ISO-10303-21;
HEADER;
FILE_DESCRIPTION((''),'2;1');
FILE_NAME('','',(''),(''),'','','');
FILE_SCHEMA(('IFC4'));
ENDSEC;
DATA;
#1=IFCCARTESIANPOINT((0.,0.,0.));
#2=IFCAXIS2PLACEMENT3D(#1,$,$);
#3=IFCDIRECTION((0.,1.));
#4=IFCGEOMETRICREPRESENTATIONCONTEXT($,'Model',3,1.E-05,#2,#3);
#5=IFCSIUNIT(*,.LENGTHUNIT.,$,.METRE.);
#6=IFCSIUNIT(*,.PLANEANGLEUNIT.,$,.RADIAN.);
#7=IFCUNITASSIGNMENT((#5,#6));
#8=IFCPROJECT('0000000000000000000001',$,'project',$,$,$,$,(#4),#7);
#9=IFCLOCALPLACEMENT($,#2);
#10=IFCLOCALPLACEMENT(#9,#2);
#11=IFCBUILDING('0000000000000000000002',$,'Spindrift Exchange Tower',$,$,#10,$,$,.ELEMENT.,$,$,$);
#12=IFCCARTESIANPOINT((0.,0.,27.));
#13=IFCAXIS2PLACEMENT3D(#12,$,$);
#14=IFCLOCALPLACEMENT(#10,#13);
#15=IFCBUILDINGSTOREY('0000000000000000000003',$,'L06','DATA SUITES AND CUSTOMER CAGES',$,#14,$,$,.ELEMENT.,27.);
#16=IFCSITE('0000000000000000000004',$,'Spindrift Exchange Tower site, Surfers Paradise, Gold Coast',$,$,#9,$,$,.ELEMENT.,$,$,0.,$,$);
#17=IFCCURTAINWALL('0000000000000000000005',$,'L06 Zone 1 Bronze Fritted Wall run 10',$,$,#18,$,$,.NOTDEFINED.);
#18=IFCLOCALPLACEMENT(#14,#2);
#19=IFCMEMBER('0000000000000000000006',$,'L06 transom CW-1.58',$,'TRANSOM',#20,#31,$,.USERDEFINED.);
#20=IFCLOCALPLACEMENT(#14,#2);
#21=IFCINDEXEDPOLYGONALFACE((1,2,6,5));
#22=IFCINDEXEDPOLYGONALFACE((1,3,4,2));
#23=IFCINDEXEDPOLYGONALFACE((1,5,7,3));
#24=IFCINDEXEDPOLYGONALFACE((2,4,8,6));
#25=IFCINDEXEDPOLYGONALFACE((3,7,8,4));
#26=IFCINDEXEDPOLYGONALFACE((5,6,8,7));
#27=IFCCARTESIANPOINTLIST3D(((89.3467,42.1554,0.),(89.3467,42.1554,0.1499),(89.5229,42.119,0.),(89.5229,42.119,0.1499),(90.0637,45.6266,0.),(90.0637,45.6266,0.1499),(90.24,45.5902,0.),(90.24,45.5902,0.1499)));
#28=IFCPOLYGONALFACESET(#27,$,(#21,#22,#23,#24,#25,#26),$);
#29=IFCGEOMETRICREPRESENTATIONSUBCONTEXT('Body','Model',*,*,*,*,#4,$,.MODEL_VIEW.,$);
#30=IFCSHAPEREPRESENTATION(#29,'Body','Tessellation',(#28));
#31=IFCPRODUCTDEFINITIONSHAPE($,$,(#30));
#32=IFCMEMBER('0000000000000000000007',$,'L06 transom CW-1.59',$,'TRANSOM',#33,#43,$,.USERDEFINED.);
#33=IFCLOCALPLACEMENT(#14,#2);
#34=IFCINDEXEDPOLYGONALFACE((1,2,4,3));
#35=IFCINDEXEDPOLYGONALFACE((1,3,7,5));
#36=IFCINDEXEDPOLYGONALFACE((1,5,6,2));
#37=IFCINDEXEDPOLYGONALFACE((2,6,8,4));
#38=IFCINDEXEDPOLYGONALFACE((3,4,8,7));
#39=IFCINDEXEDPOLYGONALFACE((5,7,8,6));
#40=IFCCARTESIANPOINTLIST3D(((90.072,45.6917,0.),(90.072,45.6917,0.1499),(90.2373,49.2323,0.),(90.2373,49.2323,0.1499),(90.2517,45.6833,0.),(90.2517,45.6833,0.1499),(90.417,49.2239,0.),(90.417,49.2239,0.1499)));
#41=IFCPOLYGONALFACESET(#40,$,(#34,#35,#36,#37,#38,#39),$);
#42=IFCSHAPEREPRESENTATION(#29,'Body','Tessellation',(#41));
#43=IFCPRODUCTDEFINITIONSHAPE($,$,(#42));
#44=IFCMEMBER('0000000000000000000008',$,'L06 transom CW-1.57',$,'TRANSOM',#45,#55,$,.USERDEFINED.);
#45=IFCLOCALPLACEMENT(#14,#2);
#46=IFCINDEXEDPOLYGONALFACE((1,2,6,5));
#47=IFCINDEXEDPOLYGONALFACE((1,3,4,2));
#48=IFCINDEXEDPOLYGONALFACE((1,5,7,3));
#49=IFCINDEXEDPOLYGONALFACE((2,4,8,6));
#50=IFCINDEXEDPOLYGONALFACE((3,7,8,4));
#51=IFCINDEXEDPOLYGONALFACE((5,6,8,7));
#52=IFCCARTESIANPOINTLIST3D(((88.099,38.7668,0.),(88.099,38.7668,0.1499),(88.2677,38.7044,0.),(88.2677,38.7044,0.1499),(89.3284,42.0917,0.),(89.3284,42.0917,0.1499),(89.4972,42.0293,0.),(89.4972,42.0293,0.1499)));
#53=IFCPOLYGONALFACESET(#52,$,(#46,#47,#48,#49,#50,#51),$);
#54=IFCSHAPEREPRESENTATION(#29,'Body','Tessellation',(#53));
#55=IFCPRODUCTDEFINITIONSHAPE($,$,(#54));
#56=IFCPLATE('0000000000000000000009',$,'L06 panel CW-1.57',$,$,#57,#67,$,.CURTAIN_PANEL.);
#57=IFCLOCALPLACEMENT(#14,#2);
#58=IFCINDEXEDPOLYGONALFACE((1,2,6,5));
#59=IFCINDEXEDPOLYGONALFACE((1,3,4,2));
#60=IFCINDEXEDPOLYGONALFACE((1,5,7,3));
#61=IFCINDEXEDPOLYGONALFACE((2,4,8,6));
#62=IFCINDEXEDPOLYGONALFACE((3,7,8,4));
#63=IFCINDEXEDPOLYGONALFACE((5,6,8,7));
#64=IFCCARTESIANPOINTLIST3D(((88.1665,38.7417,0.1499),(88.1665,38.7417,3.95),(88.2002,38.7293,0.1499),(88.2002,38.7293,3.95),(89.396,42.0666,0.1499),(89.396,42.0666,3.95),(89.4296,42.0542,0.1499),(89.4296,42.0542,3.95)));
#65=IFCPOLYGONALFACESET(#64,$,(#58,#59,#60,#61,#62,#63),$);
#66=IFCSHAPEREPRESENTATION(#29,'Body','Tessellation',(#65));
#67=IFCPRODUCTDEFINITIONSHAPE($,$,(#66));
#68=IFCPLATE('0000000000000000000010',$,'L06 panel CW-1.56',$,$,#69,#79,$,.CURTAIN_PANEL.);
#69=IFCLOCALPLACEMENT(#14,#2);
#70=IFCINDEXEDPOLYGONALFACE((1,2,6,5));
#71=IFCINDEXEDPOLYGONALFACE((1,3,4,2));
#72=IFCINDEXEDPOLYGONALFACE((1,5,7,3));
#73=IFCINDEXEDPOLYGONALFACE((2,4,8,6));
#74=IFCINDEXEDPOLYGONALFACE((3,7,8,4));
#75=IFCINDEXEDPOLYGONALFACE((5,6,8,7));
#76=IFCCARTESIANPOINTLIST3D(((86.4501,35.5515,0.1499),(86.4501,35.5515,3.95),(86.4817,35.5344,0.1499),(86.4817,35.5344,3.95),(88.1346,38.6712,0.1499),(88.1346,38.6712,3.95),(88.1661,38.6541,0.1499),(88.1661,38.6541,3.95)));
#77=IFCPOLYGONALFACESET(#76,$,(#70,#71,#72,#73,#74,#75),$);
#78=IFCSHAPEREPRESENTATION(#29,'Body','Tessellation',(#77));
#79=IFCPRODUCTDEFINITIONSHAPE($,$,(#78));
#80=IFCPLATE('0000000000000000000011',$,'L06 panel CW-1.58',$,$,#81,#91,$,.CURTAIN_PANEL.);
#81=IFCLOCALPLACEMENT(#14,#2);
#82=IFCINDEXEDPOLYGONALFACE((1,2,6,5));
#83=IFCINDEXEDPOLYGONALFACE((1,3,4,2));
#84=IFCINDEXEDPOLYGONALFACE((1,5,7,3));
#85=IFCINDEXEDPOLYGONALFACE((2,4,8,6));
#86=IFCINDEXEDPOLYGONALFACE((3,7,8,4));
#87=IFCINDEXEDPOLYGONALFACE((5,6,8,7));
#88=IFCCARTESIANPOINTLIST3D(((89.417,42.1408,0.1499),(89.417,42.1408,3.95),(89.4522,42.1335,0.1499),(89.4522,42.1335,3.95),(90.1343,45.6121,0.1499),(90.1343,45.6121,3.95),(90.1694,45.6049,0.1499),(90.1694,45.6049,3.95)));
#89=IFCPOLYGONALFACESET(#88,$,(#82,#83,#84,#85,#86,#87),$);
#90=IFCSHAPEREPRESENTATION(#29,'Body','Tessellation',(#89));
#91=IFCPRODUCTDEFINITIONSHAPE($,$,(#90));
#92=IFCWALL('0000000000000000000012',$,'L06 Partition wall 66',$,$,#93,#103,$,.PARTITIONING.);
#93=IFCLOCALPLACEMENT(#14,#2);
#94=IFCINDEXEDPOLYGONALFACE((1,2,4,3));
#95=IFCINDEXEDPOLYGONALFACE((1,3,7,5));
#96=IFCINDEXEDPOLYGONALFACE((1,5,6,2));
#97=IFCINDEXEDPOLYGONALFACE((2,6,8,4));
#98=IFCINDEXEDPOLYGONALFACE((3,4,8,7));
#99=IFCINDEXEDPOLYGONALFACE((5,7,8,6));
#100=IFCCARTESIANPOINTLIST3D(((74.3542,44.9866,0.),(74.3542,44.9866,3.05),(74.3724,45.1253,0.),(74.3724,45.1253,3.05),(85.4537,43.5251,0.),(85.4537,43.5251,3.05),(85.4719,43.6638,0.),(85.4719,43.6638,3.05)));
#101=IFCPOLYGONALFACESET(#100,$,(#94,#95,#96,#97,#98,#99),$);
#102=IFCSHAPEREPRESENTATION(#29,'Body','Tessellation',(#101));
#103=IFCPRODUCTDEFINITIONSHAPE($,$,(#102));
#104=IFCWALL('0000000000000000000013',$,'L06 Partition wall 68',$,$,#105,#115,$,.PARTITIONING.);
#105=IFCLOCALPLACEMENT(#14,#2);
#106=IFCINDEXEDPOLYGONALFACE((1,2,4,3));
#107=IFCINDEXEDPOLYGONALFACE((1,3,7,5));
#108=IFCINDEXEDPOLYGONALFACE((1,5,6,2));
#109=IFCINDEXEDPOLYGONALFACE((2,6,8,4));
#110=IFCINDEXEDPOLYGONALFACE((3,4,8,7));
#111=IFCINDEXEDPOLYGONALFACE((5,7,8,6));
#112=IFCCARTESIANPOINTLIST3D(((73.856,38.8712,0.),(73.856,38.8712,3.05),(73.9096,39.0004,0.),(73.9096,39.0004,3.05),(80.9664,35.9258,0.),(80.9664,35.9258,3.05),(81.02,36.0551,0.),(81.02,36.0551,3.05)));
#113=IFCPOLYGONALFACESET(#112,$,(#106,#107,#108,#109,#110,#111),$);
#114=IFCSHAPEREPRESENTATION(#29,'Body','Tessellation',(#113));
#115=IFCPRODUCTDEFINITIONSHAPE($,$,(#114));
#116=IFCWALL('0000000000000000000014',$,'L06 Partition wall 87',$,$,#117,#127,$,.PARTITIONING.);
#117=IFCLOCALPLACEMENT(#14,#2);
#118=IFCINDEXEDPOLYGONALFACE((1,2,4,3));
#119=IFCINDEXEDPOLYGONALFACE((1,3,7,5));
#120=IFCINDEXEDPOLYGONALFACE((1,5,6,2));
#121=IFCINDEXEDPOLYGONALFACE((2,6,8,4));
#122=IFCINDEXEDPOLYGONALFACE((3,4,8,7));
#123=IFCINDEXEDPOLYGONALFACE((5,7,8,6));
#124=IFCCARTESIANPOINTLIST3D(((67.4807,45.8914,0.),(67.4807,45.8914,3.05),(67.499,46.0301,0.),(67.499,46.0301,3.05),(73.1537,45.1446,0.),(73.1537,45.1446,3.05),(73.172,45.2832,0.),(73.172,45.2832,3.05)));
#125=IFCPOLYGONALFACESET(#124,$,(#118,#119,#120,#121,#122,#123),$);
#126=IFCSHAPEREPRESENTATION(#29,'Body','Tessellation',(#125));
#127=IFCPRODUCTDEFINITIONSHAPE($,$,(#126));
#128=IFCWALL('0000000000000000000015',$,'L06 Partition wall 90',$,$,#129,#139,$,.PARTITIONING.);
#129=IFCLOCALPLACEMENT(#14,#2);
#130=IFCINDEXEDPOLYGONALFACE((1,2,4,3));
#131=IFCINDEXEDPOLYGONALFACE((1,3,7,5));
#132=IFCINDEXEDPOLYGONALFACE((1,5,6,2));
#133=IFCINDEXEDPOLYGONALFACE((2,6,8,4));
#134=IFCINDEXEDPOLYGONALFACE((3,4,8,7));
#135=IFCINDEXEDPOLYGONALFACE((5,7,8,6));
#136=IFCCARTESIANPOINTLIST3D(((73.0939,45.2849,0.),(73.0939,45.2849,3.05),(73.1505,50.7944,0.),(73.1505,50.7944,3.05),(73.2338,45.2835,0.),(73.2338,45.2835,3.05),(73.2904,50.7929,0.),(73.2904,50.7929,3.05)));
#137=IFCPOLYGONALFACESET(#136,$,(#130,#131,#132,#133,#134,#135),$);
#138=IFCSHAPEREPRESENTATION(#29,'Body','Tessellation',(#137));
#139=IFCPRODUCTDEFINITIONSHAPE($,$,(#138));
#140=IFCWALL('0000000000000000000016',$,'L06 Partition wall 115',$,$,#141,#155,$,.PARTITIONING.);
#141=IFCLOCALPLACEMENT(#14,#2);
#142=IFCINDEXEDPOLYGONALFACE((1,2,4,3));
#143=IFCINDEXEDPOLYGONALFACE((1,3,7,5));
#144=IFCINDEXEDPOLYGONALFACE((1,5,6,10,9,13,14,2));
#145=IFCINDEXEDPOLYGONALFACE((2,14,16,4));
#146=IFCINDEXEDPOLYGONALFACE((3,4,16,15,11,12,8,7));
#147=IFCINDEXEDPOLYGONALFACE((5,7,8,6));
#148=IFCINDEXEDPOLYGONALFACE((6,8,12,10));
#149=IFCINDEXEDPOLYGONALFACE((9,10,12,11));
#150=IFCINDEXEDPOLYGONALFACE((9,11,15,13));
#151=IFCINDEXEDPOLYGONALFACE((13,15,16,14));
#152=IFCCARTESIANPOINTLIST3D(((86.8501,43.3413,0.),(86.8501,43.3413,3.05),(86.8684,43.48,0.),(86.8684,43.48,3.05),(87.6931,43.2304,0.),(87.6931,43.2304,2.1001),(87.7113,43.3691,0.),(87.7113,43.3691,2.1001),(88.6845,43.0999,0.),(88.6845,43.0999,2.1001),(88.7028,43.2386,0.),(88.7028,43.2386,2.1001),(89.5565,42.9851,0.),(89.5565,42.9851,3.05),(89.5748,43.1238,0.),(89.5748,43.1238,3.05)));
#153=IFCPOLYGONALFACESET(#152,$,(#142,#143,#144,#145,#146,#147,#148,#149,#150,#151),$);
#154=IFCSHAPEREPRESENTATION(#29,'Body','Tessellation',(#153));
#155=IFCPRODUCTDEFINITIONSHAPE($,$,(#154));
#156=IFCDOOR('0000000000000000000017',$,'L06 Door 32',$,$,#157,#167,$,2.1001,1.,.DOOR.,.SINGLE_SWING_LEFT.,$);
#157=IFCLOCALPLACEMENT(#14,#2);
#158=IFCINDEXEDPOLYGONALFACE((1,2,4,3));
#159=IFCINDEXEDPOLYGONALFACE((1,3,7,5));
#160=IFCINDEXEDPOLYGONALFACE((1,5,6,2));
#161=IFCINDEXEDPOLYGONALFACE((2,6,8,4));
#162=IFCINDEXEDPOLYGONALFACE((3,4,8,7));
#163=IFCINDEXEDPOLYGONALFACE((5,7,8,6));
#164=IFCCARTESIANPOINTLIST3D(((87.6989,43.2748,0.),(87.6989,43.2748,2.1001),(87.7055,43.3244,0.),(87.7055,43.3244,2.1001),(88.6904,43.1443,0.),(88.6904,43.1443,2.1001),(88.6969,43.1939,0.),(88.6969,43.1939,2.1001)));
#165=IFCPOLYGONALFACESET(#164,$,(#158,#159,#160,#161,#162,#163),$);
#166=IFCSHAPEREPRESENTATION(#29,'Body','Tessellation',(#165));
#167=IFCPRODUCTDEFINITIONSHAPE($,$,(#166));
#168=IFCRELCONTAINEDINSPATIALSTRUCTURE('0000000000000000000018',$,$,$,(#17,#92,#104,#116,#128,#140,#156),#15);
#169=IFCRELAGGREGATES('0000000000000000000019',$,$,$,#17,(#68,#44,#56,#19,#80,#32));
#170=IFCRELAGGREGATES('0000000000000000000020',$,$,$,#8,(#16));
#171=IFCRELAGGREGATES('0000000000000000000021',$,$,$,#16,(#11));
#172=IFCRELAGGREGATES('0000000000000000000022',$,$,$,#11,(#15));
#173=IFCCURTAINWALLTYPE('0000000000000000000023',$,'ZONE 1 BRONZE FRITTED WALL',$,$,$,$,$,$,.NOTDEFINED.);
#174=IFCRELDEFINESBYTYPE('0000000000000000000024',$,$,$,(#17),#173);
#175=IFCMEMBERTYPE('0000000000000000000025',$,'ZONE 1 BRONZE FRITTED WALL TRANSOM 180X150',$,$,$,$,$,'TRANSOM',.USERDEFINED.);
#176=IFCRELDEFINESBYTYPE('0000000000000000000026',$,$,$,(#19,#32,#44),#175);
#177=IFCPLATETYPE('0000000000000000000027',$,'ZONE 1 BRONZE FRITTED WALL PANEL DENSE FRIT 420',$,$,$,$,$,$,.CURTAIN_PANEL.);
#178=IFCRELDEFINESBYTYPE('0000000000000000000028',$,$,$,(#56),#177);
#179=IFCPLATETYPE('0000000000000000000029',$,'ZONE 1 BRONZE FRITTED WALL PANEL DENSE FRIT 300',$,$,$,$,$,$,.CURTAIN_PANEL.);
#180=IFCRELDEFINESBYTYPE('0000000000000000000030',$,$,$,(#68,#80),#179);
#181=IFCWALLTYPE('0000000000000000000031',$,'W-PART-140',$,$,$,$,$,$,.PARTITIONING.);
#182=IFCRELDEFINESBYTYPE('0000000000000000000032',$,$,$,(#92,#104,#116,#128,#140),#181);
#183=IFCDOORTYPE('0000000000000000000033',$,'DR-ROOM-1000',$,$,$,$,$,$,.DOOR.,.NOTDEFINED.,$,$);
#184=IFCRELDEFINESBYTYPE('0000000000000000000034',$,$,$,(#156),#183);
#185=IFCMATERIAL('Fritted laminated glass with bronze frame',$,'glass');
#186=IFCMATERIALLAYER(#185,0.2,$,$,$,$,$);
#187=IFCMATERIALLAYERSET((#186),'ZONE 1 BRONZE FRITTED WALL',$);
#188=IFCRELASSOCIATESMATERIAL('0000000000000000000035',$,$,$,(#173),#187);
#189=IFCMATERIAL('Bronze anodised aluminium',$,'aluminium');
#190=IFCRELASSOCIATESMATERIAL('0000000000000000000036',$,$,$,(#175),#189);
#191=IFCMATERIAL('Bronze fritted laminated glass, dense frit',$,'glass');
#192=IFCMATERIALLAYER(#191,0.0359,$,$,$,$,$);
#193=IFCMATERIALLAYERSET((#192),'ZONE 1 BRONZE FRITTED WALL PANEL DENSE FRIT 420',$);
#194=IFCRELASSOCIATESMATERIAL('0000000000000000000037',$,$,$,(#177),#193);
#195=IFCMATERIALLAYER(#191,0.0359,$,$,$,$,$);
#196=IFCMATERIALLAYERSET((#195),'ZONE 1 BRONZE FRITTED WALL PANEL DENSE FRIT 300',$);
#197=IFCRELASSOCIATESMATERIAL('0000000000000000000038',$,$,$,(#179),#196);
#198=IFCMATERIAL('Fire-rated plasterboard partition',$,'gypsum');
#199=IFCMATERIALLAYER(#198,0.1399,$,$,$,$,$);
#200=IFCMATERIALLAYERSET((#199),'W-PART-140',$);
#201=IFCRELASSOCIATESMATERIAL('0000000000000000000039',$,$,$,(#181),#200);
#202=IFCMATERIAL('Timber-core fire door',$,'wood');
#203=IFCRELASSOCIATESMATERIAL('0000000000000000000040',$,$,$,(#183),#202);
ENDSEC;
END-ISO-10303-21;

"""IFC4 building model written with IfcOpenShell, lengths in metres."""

from ifc_helpers import new_model, si_unit, direction, frame, frame_2d, origin, origin_2d, place, context, subcontext, project, spatial, rectangle, extrude, source, transform, mapped, material, layer, layer_set, material_profile, profile_set, type_object, element, fill, aggregate, save


model = new_model("IFC4")

# Units and contexts
model_context = context("Model", 3, precision=1e-05, world=origin(), true_north=direction((0.0, 1.0)))
body_context = subcontext(model_context, "Body", "Model", "MODEL_VIEW")
ifc_project = project(units=[si_unit("LENGTHUNIT", "METRE"), si_unit("PLANEANGLEUNIT", "RADIAN")], contexts=[model_context])

# Site, building, storey
site_placement = place(None, origin())
site = spatial("IfcSite", under=ifc_project, at=site_placement, Name="Spindrift Exchange Tower site, Surfers Paradise, Gold Coast", CompositionType="ELEMENT", RefElevation=0.0)
building_placement = place(site_placement, origin())
building = spatial("IfcBuilding", under=site, at=building_placement, Name="Spindrift Exchange Tower", CompositionType="ELEMENT")
storey_placement = place(building_placement, frame((0.0, 0.0, 27.0)))
storey = spatial("IfcBuildingStorey", under=building, at=storey_placement, Name="L06", Description="DATA SUITES AND CUSTOMER CAGES", CompositionType="ELEMENT", Elevation=27.0)

# Curtain wall, members, plates
ifc_material_1 = material(Name="Fritted laminated glass with bronze frame", Category="glass")
ifc_layer_1 = layer(ifc_material_1, 0.2)
ifc_layer_set_1 = layer_set([ifc_layer_1], Name="ZONE 1 BRONZE FRITTED WALL")
curtain_wall_type = type_object("IfcCurtainWallType", Name="ZONE 1 BRONZE FRITTED WALL", PredefinedType="NOTDEFINED", material=ifc_layer_set_1)
curtain_wall_placement = place(storey_placement, origin())
curtain_wall = element("IfcCurtainWall", 1, at=curtain_wall_placement, inside=storey, type_object=curtain_wall_type, Name="L06 Zone 1 Bronze Fritted Wall run 10", PredefinedType="NOTDEFINED")
ifc_material_2 = material(Name="Bronze anodised aluminium", Category="aluminium")
ifc_material_profile_1 = material_profile(ifc_material_2, rectangle(XDim=0.1799, YDim=0.1499, at=origin_2d()), Name="ZONE 1 BRONZE FRITTED WALL TRANSOM 180X150")
ifc_profile_set_1 = profile_set([ifc_material_profile_1], Name="Bronze anodised aluminium")
member_type_1 = type_object("IfcMemberType", Name="ZONE 1 BRONZE FRITTED WALL TRANSOM 180X150", ElementType="TRANSOM", PredefinedType="USERDEFINED", material=ifc_profile_set_1)
shared_shape_1 = source(origin(), body_context, "Body", "SweptSolid", [
    extrude(rectangle(XDim=0.1799, YDim=0.1499, at=origin_2d()), origin(), (0.0, 0.0, 1.0), 3.5444),
])
member_1_placement = place(storey_placement, frame((89.4348, 42.1372, 0.075), z_axis=(0.202298, 0.979324, 0.0), x_axis=(-0.979324, 0.202298, 0.0)))
member_1 = element("IfcMember", 2, at=member_1_placement, type_object=member_type_1, Name="L06 transom CW-1.58", ObjectType="TRANSOM", PredefinedType="USERDEFINED", context=body_context, shape_type="MappedRepresentation", body=[
    mapped(shared_shape_1, transform((0.0, 0.0, 0.0), scale=1.0)),
])
member_2_placement = place(storey_placement, frame((90.1619, 45.6875, 0.075), z_axis=(0.046632, 0.998912, 0.0), x_axis=(-0.998912, 0.046632, 0.0)))
member_2 = element("IfcMember", 3, at=member_2_placement, type_object=member_type_1, Name="L06 transom CW-1.59", ObjectType="TRANSOM", PredefinedType="USERDEFINED", context=body_context, shape_type="MappedRepresentation", body=[
    mapped(shared_shape_1, transform((0.0, 0.0, 0.0), scale=1.0)),
])
shared_shape_2 = source(origin(), body_context, "Body", "SweptSolid", [
    extrude(rectangle(XDim=0.1799, YDim=0.1499, at=origin_2d()), origin(), (0.0, 0.0, 1.0), 3.5449),
])
member_3_placement = place(storey_placement, frame((88.1833, 38.7356, 0.075), z_axis=(0.346825, 0.93793, 0.0), x_axis=(-0.93793, 0.346825, 0.0)))
member_3 = element("IfcMember", 4, at=member_3_placement, type_object=member_type_1, Name="L06 transom CW-1.57", ObjectType="TRANSOM", PredefinedType="USERDEFINED", context=body_context, shape_type="MappedRepresentation", body=[
    mapped(shared_shape_2, transform((0.0, 0.0, 0.0), scale=1.0)),
])
ifc_material_3 = material(Name="Bronze fritted laminated glass, dense frit", Category="glass")
ifc_layer_2 = layer(ifc_material_3, 0.0359)
ifc_layer_set_2 = layer_set([ifc_layer_2], Name="ZONE 1 BRONZE FRITTED WALL PANEL DENSE FRIT 420")
plate_type_1 = type_object("IfcPlateType", Name="ZONE 1 BRONZE FRITTED WALL PANEL DENSE FRIT 420", PredefinedType="CURTAIN_PANEL", material=ifc_layer_set_2)
shared_shape_3 = source(origin(), body_context, "Body", "SweptSolid", [
    extrude(rectangle(XDim=3.5449, YDim=0.0359, at=origin_2d()), origin(), (0.0, 0.0, 1.0), 3.8),
])
plate_1_placement = place(storey_placement, frame((88.7981, 40.3979, 0.1499), z_axis=(0.0, 0.0, 1.0), x_axis=(0.346815, 0.937934, 0.0)))
plate_1 = element("IfcPlate", 5, at=plate_1_placement, type_object=plate_type_1, Name="L06 panel CW-1.57", PredefinedType="CURTAIN_PANEL", context=body_context, shape_type="MappedRepresentation", body=[
    mapped(shared_shape_3, transform((0.0, 0.0, 0.0), scale=1.0)),
])
ifc_layer_3 = layer(ifc_material_3, 0.0359)
ifc_layer_set_3 = layer_set([ifc_layer_3], Name="ZONE 1 BRONZE FRITTED WALL PANEL DENSE FRIT 300")
plate_type_2 = type_object("IfcPlateType", Name="ZONE 1 BRONZE FRITTED WALL PANEL DENSE FRIT 300", PredefinedType="CURTAIN_PANEL", material=ifc_layer_set_3)
shared_shape_4 = source(origin(), body_context, "Body", "SweptSolid", [
    extrude(rectangle(XDim=3.5454, YDim=0.0359, at=origin_2d()), origin(), (0.0, 0.0, 1.0), 3.8),
])
plate_2_placement = place(storey_placement, frame((87.3081, 37.1028, 0.1499), z_axis=(0.0, 0.0, 1.0), x_axis=(0.475116, 0.879923, 0.0)))
plate_2 = element("IfcPlate", 6, at=plate_2_placement, type_object=plate_type_2, Name="L06 panel CW-1.56", PredefinedType="CURTAIN_PANEL", context=body_context, shape_type="MappedRepresentation", body=[
    mapped(shared_shape_4, transform((0.0, 0.0, 0.0), scale=1.0)),
])
shared_shape_5 = source(origin(), body_context, "Body", "SweptSolid", [
    extrude(rectangle(XDim=3.5447, YDim=0.0359, at=origin_2d()), origin(), (0.0, 0.0, 1.0), 3.8),
])
plate_3_placement = place(storey_placement, frame((89.7932, 43.8728, 0.1499), z_axis=(0.0, 0.0, 1.0), x_axis=(0.202341, 0.979315, 0.0)))
plate_3 = element("IfcPlate", 7, at=plate_3_placement, type_object=plate_type_2, Name="L06 panel CW-1.58", PredefinedType="CURTAIN_PANEL", context=body_context, shape_type="MappedRepresentation", body=[
    mapped(shared_shape_5, transform((0.0, 0.0, 0.0), scale=1.0)),
])
aggregate(curtain_wall, [plate_2, member_3, plate_1, member_1, plate_3, member_2])

# Walls
ifc_material_4 = material(Name="Fire-rated plasterboard partition", Category="gypsum")
ifc_layer_4 = layer(ifc_material_4, 0.1399)
ifc_layer_set_4 = layer_set([ifc_layer_4], Name="W-PART-140")
wall_type_1 = type_object("IfcWallType", Name="W-PART-140", PredefinedType="PARTITIONING", material=ifc_layer_set_4)
wall_1_placement = place(storey_placement, frame((74.3633, 45.0559, 0.0), z_axis=(0.0, 0.0, 1.0), x_axis=(0.991443, -0.130538, 0.0)))
element("IfcWall", 8, at=wall_1_placement, inside=storey, type_object=wall_type_1, Name="L06 Partition wall 66", PredefinedType="PARTITIONING", context=body_context, shape_type="SweptSolid", body=[
    extrude(rectangle(XDim=11.1953, YDim=0.1399, at=frame_2d((5.5977, 0.0))), origin(), (0.0, 0.0, 1.0), 3.05),
])
wall_2_placement = place(storey_placement, frame((73.8828, 38.9358, 0.0), z_axis=(0.0, 0.0, 1.0), x_axis=(0.923875, -0.382695, 0.0)))
element("IfcWall", 9, at=wall_2_placement, inside=storey, type_object=wall_type_1, Name="L06 Partition wall 68", PredefinedType="PARTITIONING", context=body_context, shape_type="SweptSolid", body=[
    extrude(rectangle(XDim=7.6963, YDim=0.1399, at=frame_2d((3.8481, 0.0))), origin(), (0.0, 0.0, 1.0), 3.05),
])
wall_3_placement = place(storey_placement, frame((67.49, 45.9607, 0.0), z_axis=(0.0, 0.0, 1.0), x_axis=(0.991446, -0.130517, 0.0)))
element("IfcWall", 10, at=wall_3_placement, inside=storey, type_object=wall_type_1, Name="L06 Partition wall 87", PredefinedType="PARTITIONING", context=body_context, shape_type="SweptSolid", body=[
    extrude(rectangle(XDim=5.7219, YDim=0.1399, at=frame_2d((2.8608, 0.0))), origin(), (0.0, 0.0, 1.0), 3.05),
])
wall_4_placement = place(storey_placement, frame((73.1638, 45.2842, 0.0), z_axis=(0.0, 0.0, 1.0), x_axis=(0.01028, 0.999947, 0.0)))
element("IfcWall", 11, at=wall_4_placement, inside=storey, type_object=wall_type_1, Name="L06 Partition wall 90", PredefinedType="PARTITIONING", context=body_context, shape_type="SweptSolid", body=[
    extrude(rectangle(XDim=5.5098, YDim=0.1399, at=frame_2d((2.7549, 0.0))), origin(), (0.0, 0.0, 1.0), 3.05),
])

# Wall, opening, door
wall_5_placement = place(storey_placement, frame((86.8594, 43.4106, 0.0), z_axis=(0.0, 0.0, 1.0), x_axis=(0.991449, -0.130494, 0.0)))
wall_5 = element("IfcWall", 12, at=wall_5_placement, inside=storey, type_object=wall_type_1, Name="L06 Partition wall 115", PredefinedType="PARTITIONING", context=body_context, shape_type="SweptSolid", body=[
    extrude(rectangle(XDim=2.7297, YDim=0.1399, at=frame_2d((1.3647, 0.0))), origin(), (0.0, 0.0, 1.0), 3.05),
])
opening_1_placement = place(wall_5_placement, frame((0.8501, 0.0, 0.0)))
opening_1 = element("IfcOpeningElement", 13, at=opening_1_placement, cuts=wall_5, PredefinedType="OPENING", context=body_context, shape_type="SweptSolid", body=[
    extrude(rectangle(XDim=1.0, YDim=2.1001, at=frame_2d((0.5, 1.05))), frame((0.0, 0.0798, 0.0), z_axis=(0.0, -1.0, 0.0), x_axis=(1.0, 0.0, 0.0)), (0.0, 0.0, 1.0), 0.1599),
])
ifc_material_5 = material(Name="Timber-core fire door", Category="wood")
door_type = type_object("IfcDoorType", Name="DR-ROOM-1000", OperationType="NOTDEFINED", PredefinedType="DOOR", material=ifc_material_5)
shared_shape_6 = source(origin(), body_context, "Body", "SweptSolid", [
    extrude(rectangle(XDim=1.0, YDim=2.1001, at=frame_2d((0.5, 1.05))), frame((0.0, 0.0249, 0.0), z_axis=(0.0, -1.0, 0.0), x_axis=(1.0, 0.0, 0.0)), (0.0, 0.0, 1.0), 0.05),
])
door_1_placement = place(opening_1_placement, origin())
door_1 = element("IfcDoor", 14, at=door_1_placement, inside=storey, type_object=door_type, Name="L06 Door 32", OperationType="SINGLE_SWING_LEFT", OverallHeight=2.1001, OverallWidth=1.0, PredefinedType="DOOR", context=body_context, shape_type="MappedRepresentation", body=[
    mapped(shared_shape_6, transform((0.0, 0.0, 0.0), scale=1.0)),
])
fill(opening_1, door_1)

save(model, "model.ifc")
